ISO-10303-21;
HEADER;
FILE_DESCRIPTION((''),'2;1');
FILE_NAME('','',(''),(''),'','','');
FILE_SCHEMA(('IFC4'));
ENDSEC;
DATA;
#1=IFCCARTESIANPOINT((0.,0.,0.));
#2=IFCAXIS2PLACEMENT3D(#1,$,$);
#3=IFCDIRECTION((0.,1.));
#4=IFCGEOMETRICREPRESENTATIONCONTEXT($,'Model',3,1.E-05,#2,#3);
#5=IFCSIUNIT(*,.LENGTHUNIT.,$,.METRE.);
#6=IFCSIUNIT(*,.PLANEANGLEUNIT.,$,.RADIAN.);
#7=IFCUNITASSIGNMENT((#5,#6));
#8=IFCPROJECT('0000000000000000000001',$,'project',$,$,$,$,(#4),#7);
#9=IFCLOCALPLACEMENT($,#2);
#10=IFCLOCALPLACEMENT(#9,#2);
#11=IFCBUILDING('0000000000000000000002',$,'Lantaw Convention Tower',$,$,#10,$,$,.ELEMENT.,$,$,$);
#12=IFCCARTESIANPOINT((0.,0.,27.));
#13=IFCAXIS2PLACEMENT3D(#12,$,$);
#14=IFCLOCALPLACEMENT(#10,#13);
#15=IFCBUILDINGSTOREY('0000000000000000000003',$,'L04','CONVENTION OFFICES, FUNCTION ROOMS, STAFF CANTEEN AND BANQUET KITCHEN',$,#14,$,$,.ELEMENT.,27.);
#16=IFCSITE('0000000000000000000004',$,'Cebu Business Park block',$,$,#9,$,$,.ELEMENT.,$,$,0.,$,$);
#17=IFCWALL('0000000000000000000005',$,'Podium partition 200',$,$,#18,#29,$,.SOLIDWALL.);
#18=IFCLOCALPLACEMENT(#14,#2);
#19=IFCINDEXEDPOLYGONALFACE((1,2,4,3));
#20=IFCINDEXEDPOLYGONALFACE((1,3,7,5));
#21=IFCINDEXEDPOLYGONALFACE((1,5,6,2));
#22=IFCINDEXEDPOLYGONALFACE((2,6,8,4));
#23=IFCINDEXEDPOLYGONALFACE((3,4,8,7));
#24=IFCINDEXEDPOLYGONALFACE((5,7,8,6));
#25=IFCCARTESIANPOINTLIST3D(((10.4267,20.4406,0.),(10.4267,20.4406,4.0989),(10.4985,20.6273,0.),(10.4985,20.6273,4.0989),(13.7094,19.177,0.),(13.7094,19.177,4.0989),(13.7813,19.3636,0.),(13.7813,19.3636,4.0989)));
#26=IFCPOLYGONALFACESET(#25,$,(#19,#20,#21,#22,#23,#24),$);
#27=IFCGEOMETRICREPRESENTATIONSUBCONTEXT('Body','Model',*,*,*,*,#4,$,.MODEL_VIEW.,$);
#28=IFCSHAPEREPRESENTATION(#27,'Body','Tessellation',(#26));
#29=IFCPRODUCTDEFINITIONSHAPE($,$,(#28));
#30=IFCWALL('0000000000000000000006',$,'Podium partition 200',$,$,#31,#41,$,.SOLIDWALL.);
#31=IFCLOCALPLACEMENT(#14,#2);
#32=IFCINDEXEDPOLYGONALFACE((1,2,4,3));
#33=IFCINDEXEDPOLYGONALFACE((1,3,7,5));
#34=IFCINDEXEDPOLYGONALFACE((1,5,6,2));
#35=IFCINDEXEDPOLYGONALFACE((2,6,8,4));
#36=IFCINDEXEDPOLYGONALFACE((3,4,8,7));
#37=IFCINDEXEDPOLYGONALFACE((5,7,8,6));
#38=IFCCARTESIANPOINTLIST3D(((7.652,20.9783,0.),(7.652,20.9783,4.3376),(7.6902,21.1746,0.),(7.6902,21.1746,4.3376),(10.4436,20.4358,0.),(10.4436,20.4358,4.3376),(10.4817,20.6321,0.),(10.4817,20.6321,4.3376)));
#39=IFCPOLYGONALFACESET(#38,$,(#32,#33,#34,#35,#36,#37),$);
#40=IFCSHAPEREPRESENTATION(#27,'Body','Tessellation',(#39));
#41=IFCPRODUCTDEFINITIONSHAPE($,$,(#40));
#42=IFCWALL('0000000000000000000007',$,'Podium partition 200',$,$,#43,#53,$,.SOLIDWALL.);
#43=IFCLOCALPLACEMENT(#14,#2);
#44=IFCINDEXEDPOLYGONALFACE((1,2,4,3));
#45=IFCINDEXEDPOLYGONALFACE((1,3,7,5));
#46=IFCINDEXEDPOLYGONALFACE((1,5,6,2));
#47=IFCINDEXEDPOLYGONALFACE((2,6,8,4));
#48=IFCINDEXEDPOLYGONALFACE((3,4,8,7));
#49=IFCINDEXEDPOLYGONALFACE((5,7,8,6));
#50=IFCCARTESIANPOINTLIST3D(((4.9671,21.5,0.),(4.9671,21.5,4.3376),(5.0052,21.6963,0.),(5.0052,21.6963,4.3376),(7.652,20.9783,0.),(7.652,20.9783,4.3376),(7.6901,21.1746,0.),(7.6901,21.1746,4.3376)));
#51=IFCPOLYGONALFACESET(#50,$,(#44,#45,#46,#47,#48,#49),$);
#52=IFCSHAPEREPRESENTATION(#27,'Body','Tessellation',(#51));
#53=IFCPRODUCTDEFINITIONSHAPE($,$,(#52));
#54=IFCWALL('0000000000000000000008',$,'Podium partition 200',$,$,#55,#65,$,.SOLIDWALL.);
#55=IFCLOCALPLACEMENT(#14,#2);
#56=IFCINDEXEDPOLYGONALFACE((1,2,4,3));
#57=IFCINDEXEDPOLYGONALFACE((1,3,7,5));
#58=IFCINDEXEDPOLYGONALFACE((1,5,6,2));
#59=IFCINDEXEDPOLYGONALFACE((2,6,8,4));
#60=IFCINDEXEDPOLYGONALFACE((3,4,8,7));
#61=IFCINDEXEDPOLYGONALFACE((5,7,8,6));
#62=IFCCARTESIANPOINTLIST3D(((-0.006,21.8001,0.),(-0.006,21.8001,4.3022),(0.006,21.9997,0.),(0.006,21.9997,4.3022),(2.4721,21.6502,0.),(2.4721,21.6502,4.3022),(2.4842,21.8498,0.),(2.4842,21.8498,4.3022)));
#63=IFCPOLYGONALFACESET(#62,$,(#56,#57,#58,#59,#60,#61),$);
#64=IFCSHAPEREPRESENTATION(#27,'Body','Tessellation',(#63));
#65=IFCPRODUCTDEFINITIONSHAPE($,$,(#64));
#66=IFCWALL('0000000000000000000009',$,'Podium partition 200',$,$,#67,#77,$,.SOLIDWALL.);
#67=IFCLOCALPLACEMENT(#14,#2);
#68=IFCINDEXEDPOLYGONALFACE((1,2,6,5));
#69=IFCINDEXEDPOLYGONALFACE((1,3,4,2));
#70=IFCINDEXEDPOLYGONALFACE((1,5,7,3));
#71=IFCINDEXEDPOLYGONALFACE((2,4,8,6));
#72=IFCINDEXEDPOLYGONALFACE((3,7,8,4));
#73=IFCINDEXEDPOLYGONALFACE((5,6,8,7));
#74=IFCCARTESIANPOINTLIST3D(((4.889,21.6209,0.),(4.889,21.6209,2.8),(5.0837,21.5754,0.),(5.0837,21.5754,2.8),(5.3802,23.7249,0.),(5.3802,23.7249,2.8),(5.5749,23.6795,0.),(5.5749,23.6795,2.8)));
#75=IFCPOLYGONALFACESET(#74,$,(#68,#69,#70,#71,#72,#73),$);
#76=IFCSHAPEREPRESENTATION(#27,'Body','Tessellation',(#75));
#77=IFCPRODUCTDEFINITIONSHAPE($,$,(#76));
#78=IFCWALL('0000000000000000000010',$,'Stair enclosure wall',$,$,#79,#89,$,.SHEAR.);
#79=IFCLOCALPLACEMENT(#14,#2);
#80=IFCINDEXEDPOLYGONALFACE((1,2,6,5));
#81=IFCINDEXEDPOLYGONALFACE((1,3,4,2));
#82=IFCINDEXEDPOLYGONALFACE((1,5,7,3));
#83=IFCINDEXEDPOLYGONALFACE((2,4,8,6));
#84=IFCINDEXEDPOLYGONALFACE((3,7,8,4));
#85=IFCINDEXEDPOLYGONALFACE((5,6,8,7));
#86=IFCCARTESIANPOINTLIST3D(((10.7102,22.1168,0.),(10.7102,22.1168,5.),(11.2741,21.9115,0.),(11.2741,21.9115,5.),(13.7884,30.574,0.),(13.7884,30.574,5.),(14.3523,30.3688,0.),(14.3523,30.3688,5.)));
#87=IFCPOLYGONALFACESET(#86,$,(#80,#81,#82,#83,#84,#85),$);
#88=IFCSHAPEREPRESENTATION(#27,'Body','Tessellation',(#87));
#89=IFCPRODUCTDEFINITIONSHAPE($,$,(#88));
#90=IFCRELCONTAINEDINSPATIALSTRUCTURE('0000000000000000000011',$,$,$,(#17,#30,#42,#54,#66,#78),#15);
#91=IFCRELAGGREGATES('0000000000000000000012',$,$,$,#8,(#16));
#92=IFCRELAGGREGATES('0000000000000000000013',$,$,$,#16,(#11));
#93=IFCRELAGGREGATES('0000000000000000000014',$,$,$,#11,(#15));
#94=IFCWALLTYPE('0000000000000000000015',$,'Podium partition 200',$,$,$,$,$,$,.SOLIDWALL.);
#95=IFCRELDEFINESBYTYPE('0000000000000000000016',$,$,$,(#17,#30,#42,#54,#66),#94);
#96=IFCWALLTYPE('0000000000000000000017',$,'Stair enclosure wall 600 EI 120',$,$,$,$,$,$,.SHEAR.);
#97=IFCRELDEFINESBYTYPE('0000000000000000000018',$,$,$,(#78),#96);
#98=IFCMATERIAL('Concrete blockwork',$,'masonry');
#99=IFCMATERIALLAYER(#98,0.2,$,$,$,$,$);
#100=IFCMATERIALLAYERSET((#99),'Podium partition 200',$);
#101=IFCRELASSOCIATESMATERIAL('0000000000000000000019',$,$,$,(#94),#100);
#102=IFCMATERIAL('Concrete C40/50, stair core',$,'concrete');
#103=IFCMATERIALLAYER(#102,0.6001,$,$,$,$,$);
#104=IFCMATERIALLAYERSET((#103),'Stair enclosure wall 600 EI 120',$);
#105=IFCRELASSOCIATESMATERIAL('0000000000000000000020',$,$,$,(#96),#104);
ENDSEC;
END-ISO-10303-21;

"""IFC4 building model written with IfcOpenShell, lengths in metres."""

from ifc_helpers import new_model, si_unit, direction, frame, frame_2d, origin, place, context, subcontext, project, spatial, rectangle, extrude, material, layer, layer_set, type_object, element, save


model = new_model("IFC4")

# Units and contexts
model_context = context("Model", 3, precision=1e-05, world=origin(), true_north=direction((0.0, 1.0)))
body_context = subcontext(model_context, "Body", "Model", "MODEL_VIEW")
ifc_project = project(units=[si_unit("LENGTHUNIT", "METRE"), si_unit("PLANEANGLEUNIT", "RADIAN")], contexts=[model_context])

# Site, building, storey
site_placement = place(None, origin())
site = spatial("IfcSite", under=ifc_project, at=site_placement, Name="Cebu Business Park block", CompositionType="ELEMENT", RefElevation=0.0)
building_placement = place(site_placement, origin())
building = spatial("IfcBuilding", under=site, at=building_placement, Name="Lantaw Convention Tower", CompositionType="ELEMENT")
storey_placement = place(building_placement, frame((0.0, 0.0, 27.0)))
storey = spatial("IfcBuildingStorey", under=building, at=storey_placement, Name="L04", Description="CONVENTION OFFICES, FUNCTION ROOMS, STAFF CANTEEN AND BANQUET KITCHEN", CompositionType="ELEMENT", Elevation=27.0)

# Walls
ifc_material_1 = material(Name="Concrete blockwork", Category="masonry")
ifc_layer_1 = layer(ifc_material_1, 0.2)
ifc_layer_set_1 = layer_set([ifc_layer_1], Name="Podium partition 200")
wall_type_1 = type_object("IfcWallType", Name="Podium partition 200", PredefinedType="SOLIDWALL", material=ifc_layer_set_1)
wall_1_placement = place(storey_placement, frame((13.7454, 19.2703, 0.0), z_axis=(0.0, 0.0, 1.0), x_axis=(-0.933242, 0.359249, 0.0)))
element("IfcWall", 1, at=wall_1_placement, inside=storey, type_object=wall_type_1, Name="Podium partition 200", PredefinedType="SOLIDWALL", context=body_context, shape_type="SweptSolid", body=[
    extrude(rectangle(XDim=3.5176, YDim=0.2, at=frame_2d((1.7588, 0.0))), origin(), (0.0, 0.0, 1.0), 4.0989),
])
wall_2_placement = place(storey_placement, frame((10.4626, 20.5339, 0.0), z_axis=(0.0, 0.0, 1.0), x_axis=(-0.981636, 0.190764, 0.0)))
element("IfcWall", 2, at=wall_2_placement, inside=storey, type_object=wall_type_1, Name="Podium partition 200", PredefinedType="SOLIDWALL", context=body_context, shape_type="SweptSolid", body=[
    extrude(rectangle(XDim=2.8438, YDim=0.2, at=frame_2d((1.4219, 0.0))), origin(), (0.0, 0.0, 1.0), 4.3376),
])
wall_3_placement = place(storey_placement, frame((7.6711, 21.0764, 0.0), z_axis=(0.0, 0.0, 1.0), x_axis=(-0.981637, 0.190757, 0.0)))
element("IfcWall", 3, at=wall_3_placement, inside=storey, type_object=wall_type_1, Name="Podium partition 200", PredefinedType="SOLIDWALL", context=body_context, shape_type="SweptSolid", body=[
    extrude(rectangle(XDim=2.7351, YDim=0.2, at=frame_2d((1.3677, 0.0))), origin(), (0.0, 0.0, 1.0), 4.3376),
])
wall_4_placement = place(storey_placement, frame((2.478, 21.75, 0.0), z_axis=(0.0, 0.0, 1.0), x_axis=(-0.998175, 0.060382, 0.0)))
element("IfcWall", 4, at=wall_4_placement, inside=storey, type_object=wall_type_1, Name="Podium partition 200", PredefinedType="SOLIDWALL", context=body_context, shape_type="SweptSolid", body=[
    extrude(rectangle(XDim=2.4827, YDim=0.2, at=frame_2d((1.2412, 0.0))), origin(), (0.0, 0.0, 1.0), 4.3022),
])
wall_5_placement = place(storey_placement, frame((4.9863, 21.5981, 0.0), z_axis=(0.0, 0.0, 1.0), x_axis=(0.227351, 0.973813, 0.0)))
element("IfcWall", 5, at=wall_5_placement, inside=storey, type_object=wall_type_1, Name="Podium partition 200", PredefinedType="SOLIDWALL", context=body_context, shape_type="SweptSolid", body=[
    extrude(rectangle(XDim=2.1606, YDim=0.2, at=frame_2d((1.0803, 0.0))), origin(), (0.0, 0.0, 1.0), 2.8),
])
ifc_material_2 = material(Name="Concrete C40/50, stair core", Category="concrete")
ifc_layer_2 = layer(ifc_material_2, 0.6001)
ifc_layer_set_2 = layer_set([ifc_layer_2], Name="Stair enclosure wall 600 EI 120")
wall_type_2 = type_object("IfcWallType", Name="Stair enclosure wall 600 EI 120", PredefinedType="SHEAR", material=ifc_layer_set_2)
wall_6_placement = place(storey_placement, frame((10.9922, 22.0142, 0.0), z_axis=(0.0, 0.0, 1.0), x_axis=(0.342013, 0.939695, 0.0)))
element("IfcWall", 6, at=wall_6_placement, inside=storey, type_object=wall_type_2, Name="Stair enclosure wall", PredefinedType="SHEAR", context=body_context, shape_type="SweptSolid", body=[
    extrude(rectangle(XDim=9.0, YDim=0.6001, at=frame_2d((4.5, 0.0))), origin(), (0.0, 0.0, 1.0), 5.0),
])

save(model, "model.ifc")
